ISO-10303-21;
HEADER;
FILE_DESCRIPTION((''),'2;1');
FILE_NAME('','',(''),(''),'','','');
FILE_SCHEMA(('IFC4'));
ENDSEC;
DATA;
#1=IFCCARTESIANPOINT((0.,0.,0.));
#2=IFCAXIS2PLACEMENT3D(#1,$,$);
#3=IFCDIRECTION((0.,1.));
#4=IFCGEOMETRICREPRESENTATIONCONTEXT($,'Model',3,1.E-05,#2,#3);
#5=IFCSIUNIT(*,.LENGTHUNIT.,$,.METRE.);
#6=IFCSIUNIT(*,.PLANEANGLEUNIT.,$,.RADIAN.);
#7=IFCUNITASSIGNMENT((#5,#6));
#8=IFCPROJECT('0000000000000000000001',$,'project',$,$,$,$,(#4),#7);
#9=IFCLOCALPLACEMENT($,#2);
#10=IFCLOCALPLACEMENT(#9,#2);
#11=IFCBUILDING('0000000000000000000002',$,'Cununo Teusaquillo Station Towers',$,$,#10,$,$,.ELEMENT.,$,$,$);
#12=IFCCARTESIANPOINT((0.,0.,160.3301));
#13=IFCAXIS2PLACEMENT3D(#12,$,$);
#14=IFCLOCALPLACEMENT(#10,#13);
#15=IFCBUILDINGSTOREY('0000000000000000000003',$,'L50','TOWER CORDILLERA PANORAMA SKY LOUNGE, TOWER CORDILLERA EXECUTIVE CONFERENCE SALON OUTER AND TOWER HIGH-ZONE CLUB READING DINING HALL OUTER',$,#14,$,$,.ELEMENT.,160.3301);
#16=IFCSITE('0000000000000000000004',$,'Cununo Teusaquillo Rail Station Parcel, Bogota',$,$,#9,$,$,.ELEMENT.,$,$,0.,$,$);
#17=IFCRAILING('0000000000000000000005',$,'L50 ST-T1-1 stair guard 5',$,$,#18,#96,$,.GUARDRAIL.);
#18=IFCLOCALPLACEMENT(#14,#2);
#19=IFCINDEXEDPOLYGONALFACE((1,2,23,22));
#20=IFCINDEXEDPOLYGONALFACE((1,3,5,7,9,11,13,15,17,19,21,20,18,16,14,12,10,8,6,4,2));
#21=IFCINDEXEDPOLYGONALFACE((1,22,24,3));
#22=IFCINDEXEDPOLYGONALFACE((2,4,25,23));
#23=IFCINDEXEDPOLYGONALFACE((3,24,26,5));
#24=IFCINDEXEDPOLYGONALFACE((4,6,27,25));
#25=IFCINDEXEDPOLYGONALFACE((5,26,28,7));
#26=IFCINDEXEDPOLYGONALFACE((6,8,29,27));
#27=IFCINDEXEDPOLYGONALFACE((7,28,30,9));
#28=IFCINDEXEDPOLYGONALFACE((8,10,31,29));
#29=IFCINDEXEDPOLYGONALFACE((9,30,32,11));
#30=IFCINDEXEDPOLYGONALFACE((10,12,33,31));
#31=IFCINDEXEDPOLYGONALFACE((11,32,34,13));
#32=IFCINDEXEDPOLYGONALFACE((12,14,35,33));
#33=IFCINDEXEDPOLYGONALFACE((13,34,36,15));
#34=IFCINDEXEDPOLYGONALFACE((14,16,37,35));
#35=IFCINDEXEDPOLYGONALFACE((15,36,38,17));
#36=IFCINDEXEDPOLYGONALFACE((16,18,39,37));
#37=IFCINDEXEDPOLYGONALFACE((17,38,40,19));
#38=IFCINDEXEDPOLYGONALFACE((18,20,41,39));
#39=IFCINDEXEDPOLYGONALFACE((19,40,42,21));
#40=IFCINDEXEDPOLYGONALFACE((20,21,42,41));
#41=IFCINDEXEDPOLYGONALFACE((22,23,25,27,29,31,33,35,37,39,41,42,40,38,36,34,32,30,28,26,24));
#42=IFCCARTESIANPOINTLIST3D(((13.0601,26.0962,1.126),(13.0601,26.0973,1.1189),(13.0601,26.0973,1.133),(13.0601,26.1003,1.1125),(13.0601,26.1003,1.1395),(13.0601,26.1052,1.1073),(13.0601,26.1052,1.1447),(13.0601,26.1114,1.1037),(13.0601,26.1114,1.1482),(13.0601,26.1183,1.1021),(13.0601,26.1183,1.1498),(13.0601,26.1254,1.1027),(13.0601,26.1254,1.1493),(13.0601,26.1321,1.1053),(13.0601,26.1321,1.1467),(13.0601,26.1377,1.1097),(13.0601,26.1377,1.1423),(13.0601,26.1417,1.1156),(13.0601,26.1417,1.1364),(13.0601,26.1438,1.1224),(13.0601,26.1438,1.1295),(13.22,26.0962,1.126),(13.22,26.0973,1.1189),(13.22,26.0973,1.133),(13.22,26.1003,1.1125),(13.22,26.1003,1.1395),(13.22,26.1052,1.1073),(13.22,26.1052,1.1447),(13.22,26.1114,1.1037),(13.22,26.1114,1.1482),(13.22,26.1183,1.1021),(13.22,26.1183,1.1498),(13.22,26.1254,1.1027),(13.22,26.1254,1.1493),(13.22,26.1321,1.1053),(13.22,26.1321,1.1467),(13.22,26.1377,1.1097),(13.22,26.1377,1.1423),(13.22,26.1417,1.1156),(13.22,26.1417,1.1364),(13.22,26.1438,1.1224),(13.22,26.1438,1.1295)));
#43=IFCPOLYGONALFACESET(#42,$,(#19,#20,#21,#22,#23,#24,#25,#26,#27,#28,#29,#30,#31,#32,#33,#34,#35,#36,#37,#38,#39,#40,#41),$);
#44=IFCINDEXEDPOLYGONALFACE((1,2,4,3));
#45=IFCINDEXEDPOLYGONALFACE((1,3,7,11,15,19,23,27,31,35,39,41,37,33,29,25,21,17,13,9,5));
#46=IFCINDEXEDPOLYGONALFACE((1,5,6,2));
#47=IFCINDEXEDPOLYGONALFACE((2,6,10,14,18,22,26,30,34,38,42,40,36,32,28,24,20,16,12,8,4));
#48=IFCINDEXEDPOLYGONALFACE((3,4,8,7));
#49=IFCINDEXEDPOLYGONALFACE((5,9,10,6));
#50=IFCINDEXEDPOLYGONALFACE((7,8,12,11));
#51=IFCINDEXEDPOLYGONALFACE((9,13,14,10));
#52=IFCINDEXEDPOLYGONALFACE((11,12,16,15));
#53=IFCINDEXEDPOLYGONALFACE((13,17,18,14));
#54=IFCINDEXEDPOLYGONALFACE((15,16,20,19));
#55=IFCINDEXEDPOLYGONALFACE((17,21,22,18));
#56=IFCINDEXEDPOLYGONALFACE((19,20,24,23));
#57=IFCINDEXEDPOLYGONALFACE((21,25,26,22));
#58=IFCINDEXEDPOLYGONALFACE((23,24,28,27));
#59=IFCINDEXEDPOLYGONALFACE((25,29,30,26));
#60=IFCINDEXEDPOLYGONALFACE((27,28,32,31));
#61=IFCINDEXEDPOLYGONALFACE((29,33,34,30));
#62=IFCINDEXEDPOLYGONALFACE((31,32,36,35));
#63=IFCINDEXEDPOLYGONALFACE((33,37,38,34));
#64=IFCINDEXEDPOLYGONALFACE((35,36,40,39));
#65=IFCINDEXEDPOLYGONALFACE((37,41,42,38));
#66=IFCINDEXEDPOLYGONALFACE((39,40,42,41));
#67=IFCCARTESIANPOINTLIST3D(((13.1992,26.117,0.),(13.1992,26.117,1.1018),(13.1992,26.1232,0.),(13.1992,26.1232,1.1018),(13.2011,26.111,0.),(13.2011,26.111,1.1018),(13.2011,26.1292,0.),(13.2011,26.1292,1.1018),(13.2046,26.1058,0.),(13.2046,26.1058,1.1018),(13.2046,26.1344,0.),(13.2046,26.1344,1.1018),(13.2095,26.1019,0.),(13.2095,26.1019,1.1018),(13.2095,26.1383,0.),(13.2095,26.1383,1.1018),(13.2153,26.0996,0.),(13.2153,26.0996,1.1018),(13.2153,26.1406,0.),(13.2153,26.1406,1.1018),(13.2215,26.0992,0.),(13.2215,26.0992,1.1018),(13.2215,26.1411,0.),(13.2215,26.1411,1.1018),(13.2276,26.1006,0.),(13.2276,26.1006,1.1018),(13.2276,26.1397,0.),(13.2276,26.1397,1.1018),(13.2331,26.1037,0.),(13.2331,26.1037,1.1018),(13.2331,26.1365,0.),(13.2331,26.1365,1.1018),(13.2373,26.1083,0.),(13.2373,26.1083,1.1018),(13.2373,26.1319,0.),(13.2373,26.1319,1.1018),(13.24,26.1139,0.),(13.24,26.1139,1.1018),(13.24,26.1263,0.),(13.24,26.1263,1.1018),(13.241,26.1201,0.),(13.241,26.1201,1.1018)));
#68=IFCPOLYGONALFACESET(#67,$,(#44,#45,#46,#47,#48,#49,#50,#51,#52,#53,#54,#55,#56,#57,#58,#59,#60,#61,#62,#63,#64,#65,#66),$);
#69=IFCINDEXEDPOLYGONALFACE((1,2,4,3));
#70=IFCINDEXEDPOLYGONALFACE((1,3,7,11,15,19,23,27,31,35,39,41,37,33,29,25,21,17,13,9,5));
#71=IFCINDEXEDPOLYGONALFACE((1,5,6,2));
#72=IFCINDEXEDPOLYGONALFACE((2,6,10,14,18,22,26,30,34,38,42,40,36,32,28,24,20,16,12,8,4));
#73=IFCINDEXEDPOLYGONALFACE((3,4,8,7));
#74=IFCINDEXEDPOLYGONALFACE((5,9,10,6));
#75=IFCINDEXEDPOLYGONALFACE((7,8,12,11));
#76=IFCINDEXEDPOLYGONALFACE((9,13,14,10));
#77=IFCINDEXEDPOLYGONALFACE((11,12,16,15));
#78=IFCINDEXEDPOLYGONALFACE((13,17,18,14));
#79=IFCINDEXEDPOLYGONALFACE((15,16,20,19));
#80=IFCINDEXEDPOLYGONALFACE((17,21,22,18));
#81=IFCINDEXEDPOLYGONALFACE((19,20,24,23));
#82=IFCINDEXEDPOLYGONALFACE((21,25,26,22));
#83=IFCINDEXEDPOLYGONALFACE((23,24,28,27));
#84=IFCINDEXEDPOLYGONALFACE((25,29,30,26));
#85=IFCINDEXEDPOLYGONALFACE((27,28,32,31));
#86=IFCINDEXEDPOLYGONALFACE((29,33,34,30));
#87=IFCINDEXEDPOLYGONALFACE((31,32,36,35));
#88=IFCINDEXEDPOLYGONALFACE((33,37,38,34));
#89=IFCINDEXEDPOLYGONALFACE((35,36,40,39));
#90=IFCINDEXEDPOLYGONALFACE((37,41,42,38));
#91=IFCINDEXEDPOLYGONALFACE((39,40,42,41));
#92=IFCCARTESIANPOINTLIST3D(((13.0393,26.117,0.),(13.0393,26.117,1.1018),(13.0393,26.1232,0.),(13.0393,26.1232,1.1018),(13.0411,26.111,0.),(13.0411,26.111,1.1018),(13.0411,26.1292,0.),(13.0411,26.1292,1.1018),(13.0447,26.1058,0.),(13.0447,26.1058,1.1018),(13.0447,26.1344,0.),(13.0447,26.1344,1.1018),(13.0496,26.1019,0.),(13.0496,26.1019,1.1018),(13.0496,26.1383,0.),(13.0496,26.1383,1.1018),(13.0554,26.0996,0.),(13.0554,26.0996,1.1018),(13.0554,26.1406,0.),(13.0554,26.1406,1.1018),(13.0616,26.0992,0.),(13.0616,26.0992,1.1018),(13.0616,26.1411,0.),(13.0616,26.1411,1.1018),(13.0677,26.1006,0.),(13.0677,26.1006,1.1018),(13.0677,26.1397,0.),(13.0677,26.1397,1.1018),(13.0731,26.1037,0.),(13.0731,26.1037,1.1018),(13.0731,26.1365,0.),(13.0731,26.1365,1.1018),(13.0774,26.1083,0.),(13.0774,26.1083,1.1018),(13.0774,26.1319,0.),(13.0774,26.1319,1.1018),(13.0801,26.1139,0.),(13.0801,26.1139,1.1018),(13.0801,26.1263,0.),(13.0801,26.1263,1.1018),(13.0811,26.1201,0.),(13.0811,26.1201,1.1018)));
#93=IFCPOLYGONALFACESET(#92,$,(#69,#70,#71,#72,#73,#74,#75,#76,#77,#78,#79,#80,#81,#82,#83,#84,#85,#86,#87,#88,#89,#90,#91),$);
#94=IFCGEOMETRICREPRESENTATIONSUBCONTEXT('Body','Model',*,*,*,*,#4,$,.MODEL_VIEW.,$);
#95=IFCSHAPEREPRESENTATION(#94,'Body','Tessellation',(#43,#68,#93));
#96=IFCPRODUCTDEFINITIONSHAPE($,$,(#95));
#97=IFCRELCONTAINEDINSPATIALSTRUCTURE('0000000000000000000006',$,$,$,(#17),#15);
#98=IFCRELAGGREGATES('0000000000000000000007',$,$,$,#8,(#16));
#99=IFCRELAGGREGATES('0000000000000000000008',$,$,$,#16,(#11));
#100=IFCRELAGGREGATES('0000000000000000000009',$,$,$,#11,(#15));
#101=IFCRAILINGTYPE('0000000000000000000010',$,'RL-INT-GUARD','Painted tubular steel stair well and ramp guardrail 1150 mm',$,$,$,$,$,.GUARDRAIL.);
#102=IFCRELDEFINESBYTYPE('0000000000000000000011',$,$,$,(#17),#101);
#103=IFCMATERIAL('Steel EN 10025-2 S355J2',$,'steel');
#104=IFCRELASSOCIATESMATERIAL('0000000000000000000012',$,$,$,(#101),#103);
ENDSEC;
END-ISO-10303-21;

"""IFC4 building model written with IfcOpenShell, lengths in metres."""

from ifc_helpers import new_model, si_unit, direction, frame, origin, origin_2d, place, context, subcontext, project, spatial, circle, extrude, material, type_object, element, save


model = new_model("IFC4")

# Units and contexts
model_context = context("Model", 3, precision=1e-05, world=origin(), true_north=direction((0.0, 1.0)))
body_context = subcontext(model_context, "Body", "Model", "MODEL_VIEW")
ifc_project = project(units=[si_unit("LENGTHUNIT", "METRE"), si_unit("PLANEANGLEUNIT", "RADIAN")], contexts=[model_context])

# Site, building, storey
site_placement = place(None, origin())
site = spatial("IfcSite", under=ifc_project, at=site_placement, Name="Cununo Teusaquillo Rail Station Parcel, Bogota", CompositionType="ELEMENT", RefElevation=0.0)
building_placement = place(site_placement, origin())
building = spatial("IfcBuilding", under=site, at=building_placement, Name="Cununo Teusaquillo Station Towers", CompositionType="ELEMENT")
storey_placement = place(building_placement, frame((0.0, 0.0, 160.3301)))
storey = spatial("IfcBuildingStorey", under=building, at=storey_placement, Name="L50", Description="TOWER CORDILLERA PANORAMA SKY LOUNGE, TOWER CORDILLERA EXECUTIVE CONFERENCE SALON OUTER AND TOWER HIGH-ZONE CLUB READING DINING HALL OUTER", CompositionType="ELEMENT", Elevation=160.3301)

# Railing
ifc_material_1 = material(Name="Steel EN 10025-2 S355J2", Category="steel")
railing_type_1 = type_object("IfcRailingType", Name="RL-INT-GUARD", Description="Painted tubular steel stair well and ramp guardrail 1150 mm", PredefinedType="GUARDRAIL", material=ifc_material_1)
railing_1_placement = place(storey_placement, frame((13.22, 26.1201, 0.0)))
element("IfcRailing", 1, at=railing_1_placement, inside=storey, type_object=railing_type_1, Name="L50 ST-T1-1 stair guard 5", PredefinedType="GUARDRAIL", context=body_context, shape_type="SweptSolid", body=[
    extrude(circle(Radius=0.0239, at=origin_2d()), frame((0.0, 0.0, 1.126), z_axis=(-1.0, 0.0, 0.0), x_axis=(0.0, -1.0, 0.0)), (0.0, 0.0, 1.0), 0.1599),
    extrude(circle(Radius=0.021, at=origin_2d()), origin(), (0.0, 0.0, 1.0), 1.1018),
    extrude(circle(Radius=0.021, at=origin_2d()), frame((-0.1599, 0.0, 0.0)), (0.0, 0.0, 1.0), 1.1018),
])

save(model, "model.ifc")
